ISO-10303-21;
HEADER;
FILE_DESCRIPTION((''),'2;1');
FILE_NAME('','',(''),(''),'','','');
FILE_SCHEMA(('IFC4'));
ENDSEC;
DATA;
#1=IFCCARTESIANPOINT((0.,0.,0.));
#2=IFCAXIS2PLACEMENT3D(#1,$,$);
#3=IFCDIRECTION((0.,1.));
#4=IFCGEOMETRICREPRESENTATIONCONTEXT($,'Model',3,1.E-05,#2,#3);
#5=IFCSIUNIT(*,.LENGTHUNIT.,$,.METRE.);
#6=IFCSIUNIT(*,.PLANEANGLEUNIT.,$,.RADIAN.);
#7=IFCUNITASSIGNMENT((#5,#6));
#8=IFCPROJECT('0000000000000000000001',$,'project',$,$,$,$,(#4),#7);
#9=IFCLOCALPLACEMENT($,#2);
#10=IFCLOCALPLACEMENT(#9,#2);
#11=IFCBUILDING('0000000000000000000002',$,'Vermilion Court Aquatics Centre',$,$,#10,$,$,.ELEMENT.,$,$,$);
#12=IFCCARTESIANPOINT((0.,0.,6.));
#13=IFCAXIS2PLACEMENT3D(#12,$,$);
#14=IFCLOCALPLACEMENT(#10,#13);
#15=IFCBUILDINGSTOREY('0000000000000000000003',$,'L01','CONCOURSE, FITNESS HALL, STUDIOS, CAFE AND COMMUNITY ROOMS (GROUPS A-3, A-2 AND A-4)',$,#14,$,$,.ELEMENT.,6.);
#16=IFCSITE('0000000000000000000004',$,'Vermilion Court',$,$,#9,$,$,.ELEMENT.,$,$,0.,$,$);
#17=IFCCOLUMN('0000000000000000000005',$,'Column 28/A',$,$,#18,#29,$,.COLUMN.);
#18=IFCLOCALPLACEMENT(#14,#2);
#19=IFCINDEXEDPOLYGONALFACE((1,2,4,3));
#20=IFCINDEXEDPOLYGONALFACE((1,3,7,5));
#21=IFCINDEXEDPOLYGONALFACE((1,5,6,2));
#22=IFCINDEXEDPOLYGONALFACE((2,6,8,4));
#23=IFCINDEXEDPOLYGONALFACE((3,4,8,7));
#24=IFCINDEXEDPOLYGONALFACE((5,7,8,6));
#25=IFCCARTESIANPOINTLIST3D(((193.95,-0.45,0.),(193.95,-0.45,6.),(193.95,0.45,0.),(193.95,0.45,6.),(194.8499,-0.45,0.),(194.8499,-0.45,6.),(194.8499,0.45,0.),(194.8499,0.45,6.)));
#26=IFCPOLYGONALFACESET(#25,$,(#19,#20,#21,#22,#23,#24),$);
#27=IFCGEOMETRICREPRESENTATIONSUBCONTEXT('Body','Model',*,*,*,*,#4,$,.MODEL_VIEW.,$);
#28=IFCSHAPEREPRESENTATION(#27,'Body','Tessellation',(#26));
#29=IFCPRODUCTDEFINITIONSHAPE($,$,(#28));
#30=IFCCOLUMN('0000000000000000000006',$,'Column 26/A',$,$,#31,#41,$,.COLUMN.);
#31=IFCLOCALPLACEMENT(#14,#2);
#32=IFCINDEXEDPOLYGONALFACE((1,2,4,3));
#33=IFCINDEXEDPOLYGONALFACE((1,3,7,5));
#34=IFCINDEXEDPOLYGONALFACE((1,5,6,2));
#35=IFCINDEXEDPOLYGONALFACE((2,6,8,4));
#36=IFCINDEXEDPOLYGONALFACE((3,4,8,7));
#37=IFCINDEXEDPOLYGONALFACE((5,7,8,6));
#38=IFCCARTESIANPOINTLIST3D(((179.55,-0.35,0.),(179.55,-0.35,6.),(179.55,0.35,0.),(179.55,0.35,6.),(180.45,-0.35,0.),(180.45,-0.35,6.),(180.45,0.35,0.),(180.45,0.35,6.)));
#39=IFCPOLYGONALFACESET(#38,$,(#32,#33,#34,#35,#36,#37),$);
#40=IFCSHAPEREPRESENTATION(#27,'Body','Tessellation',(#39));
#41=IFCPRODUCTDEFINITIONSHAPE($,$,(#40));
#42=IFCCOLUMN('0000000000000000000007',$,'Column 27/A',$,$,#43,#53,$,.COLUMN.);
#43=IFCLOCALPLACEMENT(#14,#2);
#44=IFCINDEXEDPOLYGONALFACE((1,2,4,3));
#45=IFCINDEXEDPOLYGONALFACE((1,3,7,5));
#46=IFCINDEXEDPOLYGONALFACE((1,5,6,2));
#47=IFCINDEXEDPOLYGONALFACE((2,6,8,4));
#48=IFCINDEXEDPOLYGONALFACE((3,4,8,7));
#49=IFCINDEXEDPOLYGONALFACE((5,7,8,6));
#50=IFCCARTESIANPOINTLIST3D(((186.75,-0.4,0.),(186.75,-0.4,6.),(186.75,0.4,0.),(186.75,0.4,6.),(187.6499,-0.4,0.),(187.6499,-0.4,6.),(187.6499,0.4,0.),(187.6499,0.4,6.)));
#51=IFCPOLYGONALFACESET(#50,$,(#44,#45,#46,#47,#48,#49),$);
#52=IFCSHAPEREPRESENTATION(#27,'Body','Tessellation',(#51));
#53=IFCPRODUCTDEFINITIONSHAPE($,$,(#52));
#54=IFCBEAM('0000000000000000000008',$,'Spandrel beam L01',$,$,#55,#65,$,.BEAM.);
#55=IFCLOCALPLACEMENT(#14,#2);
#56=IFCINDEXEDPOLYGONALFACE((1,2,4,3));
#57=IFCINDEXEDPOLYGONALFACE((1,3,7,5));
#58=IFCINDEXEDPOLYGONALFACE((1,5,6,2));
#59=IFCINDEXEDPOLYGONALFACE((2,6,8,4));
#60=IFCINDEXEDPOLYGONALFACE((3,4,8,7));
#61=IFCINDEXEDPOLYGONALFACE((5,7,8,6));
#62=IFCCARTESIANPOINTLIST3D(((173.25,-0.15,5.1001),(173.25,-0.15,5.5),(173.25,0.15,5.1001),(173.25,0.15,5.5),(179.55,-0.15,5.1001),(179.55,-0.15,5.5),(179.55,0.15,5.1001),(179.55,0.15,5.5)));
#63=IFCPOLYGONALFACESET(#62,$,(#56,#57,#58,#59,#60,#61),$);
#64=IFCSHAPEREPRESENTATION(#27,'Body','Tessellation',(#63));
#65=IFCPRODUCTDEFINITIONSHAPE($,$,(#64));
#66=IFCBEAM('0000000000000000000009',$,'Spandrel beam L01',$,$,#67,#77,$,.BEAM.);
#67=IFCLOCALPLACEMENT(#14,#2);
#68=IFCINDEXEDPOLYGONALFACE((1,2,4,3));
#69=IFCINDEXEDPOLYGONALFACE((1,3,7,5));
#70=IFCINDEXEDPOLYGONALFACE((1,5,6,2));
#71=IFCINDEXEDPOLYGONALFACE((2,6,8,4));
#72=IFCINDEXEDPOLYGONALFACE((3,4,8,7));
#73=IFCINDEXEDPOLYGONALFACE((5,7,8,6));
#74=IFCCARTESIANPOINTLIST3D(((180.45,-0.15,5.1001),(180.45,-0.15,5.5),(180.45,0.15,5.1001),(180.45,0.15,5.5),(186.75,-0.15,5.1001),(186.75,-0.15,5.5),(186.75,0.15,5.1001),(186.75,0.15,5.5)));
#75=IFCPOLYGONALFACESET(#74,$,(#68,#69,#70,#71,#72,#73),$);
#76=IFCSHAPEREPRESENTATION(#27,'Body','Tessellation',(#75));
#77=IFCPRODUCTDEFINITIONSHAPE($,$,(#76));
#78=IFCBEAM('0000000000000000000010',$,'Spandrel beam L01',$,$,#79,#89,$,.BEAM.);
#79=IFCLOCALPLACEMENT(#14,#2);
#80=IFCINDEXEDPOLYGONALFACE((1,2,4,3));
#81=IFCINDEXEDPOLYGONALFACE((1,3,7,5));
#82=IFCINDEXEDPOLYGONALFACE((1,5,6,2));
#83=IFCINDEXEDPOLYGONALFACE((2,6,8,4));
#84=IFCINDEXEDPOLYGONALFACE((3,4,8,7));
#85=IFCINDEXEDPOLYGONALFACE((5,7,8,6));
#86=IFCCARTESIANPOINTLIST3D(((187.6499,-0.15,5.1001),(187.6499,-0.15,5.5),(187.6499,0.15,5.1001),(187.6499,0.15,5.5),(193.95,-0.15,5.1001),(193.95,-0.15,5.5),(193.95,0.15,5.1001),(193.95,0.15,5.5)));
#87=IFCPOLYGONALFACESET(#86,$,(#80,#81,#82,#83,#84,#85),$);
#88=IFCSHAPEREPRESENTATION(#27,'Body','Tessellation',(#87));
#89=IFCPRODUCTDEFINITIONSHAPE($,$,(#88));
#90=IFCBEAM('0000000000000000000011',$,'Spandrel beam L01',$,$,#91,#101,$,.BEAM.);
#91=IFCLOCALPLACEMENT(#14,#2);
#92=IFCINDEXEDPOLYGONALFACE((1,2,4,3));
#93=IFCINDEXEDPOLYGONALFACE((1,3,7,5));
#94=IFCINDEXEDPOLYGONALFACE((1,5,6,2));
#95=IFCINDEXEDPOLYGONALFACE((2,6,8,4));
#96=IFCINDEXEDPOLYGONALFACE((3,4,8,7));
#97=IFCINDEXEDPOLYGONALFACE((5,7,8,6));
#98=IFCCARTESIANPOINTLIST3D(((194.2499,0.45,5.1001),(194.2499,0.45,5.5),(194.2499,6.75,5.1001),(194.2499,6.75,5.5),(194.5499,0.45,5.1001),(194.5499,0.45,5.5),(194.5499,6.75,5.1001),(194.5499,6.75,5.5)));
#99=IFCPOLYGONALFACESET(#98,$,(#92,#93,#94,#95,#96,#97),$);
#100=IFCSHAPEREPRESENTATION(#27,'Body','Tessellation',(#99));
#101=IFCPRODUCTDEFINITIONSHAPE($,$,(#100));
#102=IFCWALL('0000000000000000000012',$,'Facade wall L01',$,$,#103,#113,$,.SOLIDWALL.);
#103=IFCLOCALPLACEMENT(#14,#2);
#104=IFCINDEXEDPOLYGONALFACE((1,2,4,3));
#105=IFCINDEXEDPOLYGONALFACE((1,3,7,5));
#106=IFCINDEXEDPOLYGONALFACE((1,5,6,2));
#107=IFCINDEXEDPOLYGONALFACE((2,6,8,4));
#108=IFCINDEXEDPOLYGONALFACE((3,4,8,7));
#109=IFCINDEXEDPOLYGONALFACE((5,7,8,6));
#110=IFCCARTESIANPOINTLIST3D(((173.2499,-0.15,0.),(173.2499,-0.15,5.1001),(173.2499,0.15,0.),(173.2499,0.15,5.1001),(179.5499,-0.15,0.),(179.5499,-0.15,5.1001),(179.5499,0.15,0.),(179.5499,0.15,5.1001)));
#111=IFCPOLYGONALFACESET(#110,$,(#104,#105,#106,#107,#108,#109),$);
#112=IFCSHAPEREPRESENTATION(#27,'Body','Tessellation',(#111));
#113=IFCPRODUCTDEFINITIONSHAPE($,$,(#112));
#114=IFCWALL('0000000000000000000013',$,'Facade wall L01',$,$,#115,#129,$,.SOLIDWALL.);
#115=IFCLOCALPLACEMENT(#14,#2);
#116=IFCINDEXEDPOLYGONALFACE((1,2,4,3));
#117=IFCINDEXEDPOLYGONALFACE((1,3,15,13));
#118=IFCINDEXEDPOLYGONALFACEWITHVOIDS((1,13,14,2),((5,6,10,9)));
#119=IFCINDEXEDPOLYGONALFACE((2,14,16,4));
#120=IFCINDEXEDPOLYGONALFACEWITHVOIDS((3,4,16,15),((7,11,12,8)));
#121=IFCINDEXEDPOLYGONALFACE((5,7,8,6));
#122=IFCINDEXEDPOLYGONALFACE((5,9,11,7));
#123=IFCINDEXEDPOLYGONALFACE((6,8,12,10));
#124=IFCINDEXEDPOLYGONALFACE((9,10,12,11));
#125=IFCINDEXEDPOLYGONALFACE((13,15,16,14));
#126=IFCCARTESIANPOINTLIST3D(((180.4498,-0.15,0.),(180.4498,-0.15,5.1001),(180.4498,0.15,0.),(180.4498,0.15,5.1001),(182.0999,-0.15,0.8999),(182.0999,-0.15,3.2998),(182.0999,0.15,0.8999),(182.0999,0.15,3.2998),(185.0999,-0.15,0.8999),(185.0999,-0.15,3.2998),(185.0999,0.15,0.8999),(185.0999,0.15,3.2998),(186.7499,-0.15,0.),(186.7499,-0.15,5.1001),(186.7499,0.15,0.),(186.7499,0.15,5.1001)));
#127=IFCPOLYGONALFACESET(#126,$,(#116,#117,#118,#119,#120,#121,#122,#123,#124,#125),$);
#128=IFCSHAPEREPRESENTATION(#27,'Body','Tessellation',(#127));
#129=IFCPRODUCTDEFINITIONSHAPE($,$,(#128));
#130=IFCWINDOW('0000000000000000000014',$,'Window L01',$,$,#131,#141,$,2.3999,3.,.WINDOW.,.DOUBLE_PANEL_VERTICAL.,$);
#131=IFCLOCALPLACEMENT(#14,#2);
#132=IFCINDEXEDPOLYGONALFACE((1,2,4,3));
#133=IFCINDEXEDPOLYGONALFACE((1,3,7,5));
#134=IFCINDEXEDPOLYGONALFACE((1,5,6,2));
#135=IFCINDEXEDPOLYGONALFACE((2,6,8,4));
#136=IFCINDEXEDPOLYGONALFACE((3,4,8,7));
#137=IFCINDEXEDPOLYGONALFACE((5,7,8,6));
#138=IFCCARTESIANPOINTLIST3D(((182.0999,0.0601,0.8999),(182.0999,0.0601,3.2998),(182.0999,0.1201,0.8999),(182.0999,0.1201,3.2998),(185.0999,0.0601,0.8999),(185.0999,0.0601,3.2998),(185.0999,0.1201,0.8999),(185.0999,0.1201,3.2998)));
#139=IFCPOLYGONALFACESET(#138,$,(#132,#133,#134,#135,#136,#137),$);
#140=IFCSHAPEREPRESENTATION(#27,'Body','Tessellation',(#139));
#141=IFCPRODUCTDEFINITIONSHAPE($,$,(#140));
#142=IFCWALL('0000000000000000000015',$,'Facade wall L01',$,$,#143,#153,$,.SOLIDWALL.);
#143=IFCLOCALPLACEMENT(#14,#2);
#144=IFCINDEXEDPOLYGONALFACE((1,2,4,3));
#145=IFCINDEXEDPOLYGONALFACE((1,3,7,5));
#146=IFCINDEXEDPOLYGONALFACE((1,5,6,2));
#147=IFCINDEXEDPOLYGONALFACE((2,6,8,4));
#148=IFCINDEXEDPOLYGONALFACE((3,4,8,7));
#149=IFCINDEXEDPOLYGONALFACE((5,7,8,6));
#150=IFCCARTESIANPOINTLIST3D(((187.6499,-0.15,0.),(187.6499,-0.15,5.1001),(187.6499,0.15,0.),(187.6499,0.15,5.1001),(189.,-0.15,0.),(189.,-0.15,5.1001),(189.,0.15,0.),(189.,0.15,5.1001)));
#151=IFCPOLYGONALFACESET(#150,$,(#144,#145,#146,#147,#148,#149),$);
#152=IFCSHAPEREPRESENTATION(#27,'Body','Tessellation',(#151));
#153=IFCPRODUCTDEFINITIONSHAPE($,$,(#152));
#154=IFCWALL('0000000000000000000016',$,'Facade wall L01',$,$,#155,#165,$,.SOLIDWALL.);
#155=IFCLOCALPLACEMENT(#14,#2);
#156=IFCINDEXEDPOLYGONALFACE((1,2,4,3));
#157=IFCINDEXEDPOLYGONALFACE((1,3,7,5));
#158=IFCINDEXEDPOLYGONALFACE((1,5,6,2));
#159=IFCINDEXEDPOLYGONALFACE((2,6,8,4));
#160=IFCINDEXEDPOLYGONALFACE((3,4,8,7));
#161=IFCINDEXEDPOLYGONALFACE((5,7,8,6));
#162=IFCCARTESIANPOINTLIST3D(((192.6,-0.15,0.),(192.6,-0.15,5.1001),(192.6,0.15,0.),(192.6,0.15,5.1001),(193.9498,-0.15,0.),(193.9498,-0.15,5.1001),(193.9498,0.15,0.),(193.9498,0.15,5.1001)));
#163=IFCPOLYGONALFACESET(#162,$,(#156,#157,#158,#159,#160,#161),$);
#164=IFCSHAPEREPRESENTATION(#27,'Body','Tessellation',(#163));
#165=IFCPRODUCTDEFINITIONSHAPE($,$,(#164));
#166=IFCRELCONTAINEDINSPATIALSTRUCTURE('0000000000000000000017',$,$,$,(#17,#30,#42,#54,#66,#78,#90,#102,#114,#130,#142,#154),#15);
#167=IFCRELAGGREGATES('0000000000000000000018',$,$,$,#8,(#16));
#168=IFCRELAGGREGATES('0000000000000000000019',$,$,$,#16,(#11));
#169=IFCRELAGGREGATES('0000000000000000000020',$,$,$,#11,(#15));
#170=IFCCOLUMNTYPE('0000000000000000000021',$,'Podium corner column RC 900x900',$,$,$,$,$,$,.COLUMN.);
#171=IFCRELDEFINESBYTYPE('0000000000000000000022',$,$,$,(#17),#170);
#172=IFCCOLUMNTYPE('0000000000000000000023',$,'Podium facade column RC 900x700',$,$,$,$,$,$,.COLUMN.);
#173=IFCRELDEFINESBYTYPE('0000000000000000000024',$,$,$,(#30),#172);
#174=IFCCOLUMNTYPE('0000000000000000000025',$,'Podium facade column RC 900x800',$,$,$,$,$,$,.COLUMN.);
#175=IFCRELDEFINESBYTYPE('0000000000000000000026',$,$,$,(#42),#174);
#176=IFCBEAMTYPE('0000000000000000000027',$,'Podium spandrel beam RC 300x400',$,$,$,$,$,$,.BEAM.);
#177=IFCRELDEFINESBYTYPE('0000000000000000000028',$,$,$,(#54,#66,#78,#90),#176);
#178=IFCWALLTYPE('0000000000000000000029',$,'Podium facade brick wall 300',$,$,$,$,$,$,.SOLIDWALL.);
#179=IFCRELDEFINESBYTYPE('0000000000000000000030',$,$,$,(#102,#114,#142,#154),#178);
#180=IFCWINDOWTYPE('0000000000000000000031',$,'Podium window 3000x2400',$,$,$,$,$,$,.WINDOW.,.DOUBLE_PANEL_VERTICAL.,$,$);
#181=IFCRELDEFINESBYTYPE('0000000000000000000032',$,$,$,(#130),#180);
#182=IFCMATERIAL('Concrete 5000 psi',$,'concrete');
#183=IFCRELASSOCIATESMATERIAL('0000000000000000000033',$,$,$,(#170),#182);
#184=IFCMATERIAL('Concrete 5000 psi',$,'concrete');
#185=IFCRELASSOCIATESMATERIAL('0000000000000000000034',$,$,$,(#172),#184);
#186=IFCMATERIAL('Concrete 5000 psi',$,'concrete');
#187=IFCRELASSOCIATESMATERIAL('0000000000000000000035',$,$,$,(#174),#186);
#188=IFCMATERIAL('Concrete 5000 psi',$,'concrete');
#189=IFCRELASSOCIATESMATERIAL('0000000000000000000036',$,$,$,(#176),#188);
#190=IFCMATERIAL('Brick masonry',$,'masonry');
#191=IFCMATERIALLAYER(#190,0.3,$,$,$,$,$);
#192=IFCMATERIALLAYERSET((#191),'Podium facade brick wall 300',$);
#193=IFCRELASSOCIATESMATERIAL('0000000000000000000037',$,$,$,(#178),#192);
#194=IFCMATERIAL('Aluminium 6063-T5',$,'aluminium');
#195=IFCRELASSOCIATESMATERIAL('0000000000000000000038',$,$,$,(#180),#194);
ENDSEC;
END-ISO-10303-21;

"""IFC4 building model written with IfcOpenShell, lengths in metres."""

from ifc_helpers import new_model, si_unit, direction, frame, frame_2d, origin, origin_2d, place, context, subcontext, project, spatial, rectangle, extrude, material, layer, layer_set, material_profile, profile_set, type_object, element, fill, save


model = new_model("IFC4")

# Units and contexts
model_context = context("Model", 3, precision=1e-05, world=origin(), true_north=direction((0.0, 1.0)))
body_context = subcontext(model_context, "Body", "Model", "MODEL_VIEW")
ifc_project = project(units=[si_unit("LENGTHUNIT", "METRE"), si_unit("PLANEANGLEUNIT", "RADIAN")], contexts=[model_context])

# Site, building, storey
site_placement = place(None, origin())
site = spatial("IfcSite", under=ifc_project, at=site_placement, Name="Vermilion Court", CompositionType="ELEMENT", RefElevation=0.0)
building_placement = place(site_placement, origin())
building = spatial("IfcBuilding", under=site, at=building_placement, Name="Vermilion Court Aquatics Centre", CompositionType="ELEMENT")
storey_placement = place(building_placement, frame((0.0, 0.0, 6.0)))
storey = spatial("IfcBuildingStorey", under=building, at=storey_placement, Name="L01", Description="CONCOURSE, FITNESS HALL, STUDIOS, CAFE AND COMMUNITY ROOMS (GROUPS A-3, A-2 AND A-4)", CompositionType="ELEMENT", Elevation=6.0)

# Columns
ifc_material_1 = material(Name="Concrete 5000 psi", Category="concrete")
ifc_material_profile_1 = material_profile(ifc_material_1, rectangle(XDim=0.8999, YDim=0.8999, at=origin_2d()), Name="RC 900x900")
ifc_profile_set_1 = profile_set([ifc_material_profile_1], Name="Concrete 5000 psi")
column_type_1 = type_object("IfcColumnType", Name="Podium corner column RC 900x900", PredefinedType="COLUMN", material=ifc_profile_set_1)
column_1_placement = place(storey_placement, frame((194.3999, 0.0, 0.0), z_axis=(0.0, 0.0, 1.0), x_axis=(1.0, 0.0, 0.0)))
element("IfcColumn", 1, at=column_1_placement, inside=storey, type_object=column_type_1, Name="Column 28/A", PredefinedType="COLUMN", context=body_context, shape_type="SweptSolid", body=[
    extrude(rectangle(XDim=0.8999, YDim=0.8999, at=origin_2d()), origin(), (0.0, 0.0, 1.0), 6.0),
])
ifc_material_2 = material(Name="Concrete 5000 psi", Category="concrete")
ifc_material_profile_2 = material_profile(ifc_material_2, rectangle(XDim=0.8999, YDim=0.7, at=origin_2d()), Name="RC 900x700")
ifc_profile_set_2 = profile_set([ifc_material_profile_2], Name="Concrete 5000 psi")
column_type_2 = type_object("IfcColumnType", Name="Podium facade column RC 900x700", PredefinedType="COLUMN", material=ifc_profile_set_2)
column_2_placement = place(storey_placement, frame((180.0, 0.0, 0.0), z_axis=(0.0, 0.0, 1.0), x_axis=(1.0, 0.0, 0.0)))
element("IfcColumn", 2, at=column_2_placement, inside=storey, type_object=column_type_2, Name="Column 26/A", PredefinedType="COLUMN", context=body_context, shape_type="SweptSolid", body=[
    extrude(rectangle(XDim=0.8999, YDim=0.7, at=origin_2d()), origin(), (0.0, 0.0, 1.0), 6.0),
])
ifc_material_3 = material(Name="Concrete 5000 psi", Category="concrete")
ifc_material_profile_3 = material_profile(ifc_material_3, rectangle(XDim=0.8999, YDim=0.8, at=origin_2d()), Name="RC 900x800")
ifc_profile_set_3 = profile_set([ifc_material_profile_3], Name="Concrete 5000 psi")
column_type_3 = type_object("IfcColumnType", Name="Podium facade column RC 900x800", PredefinedType="COLUMN", material=ifc_profile_set_3)
column_3_placement = place(storey_placement, frame((187.2, 0.0, 0.0), z_axis=(0.0, 0.0, 1.0), x_axis=(1.0, 0.0, 0.0)))
element("IfcColumn", 3, at=column_3_placement, inside=storey, type_object=column_type_3, Name="Column 27/A", PredefinedType="COLUMN", context=body_context, shape_type="SweptSolid", body=[
    extrude(rectangle(XDim=0.8999, YDim=0.8, at=origin_2d()), origin(), (0.0, 0.0, 1.0), 6.0),
])

# Beams
ifc_material_4 = material(Name="Concrete 5000 psi", Category="concrete")
ifc_material_profile_4 = material_profile(ifc_material_4, rectangle(XDim=0.3, YDim=0.3999, at=origin_2d()), Name="RC 300x400")
ifc_profile_set_4 = profile_set([ifc_material_profile_4], Name="Concrete 5000 psi")
beam_type = type_object("IfcBeamType", Name="Podium spandrel beam RC 300x400", PredefinedType="BEAM", material=ifc_profile_set_4)
for number, where, z_axis, x_axis, name in (
    (4, (173.25, 0.0, 5.3), (1.0, 0.0, 0.0), (0.0, 1.0, 0.0), "Spandrel beam L01"),
    (5, (180.45, 0.0, 5.3), (1.0, 0.0, 0.0), (0.0, 1.0, 0.0), "Spandrel beam L01"),
    (6, (187.6499, 0.0, 5.3), (1.0, 0.0, 0.0), (0.0, 1.0, 0.0), "Spandrel beam L01"),
    (7, (194.3999, 0.45, 5.3), (0.0, 1.0, 0.0), (-1.0, 0.0, 0.0), "Spandrel beam L01"),
):
    element("IfcBeam", number, at=place(storey_placement, frame(where, z_axis=z_axis, x_axis=x_axis)), inside=storey, type_object=beam_type, Name=name, PredefinedType="BEAM", context=body_context, shape_type="SweptSolid", body=[
        extrude(rectangle(XDim=0.3, YDim=0.3999, at=origin_2d()), origin(), (0.0, 0.0, 1.0), 6.3),
    ])

# Wall
ifc_material_5 = material(Name="Brick masonry", Category="masonry")
ifc_layer_1 = layer(ifc_material_5, 0.3)
ifc_layer_set_1 = layer_set([ifc_layer_1], Name="Podium facade brick wall 300")
wall_type_1 = type_object("IfcWallType", Name="Podium facade brick wall 300", PredefinedType="SOLIDWALL", material=ifc_layer_set_1)
wall_1_placement = place(storey_placement, frame((173.25, 0.0, 0.0), z_axis=(0.0, 0.0, 1.0), x_axis=(1.0, 0.0, 0.0)))
element("IfcWall", 8, at=wall_1_placement, inside=storey, type_object=wall_type_1, Name="Facade wall L01", PredefinedType="SOLIDWALL", context=body_context, shape_type="SweptSolid", body=[
    extrude(rectangle(XDim=6.3, YDim=0.3, at=frame_2d((3.1499, 0.0))), origin(), (0.0, 0.0, 1.0), 5.1001),
])

# Wall, opening, window
wall_2_placement = place(storey_placement, frame((180.45, 0.0, 0.0), z_axis=(0.0, 0.0, 1.0), x_axis=(1.0, 0.0, 0.0)))
wall_2 = element("IfcWall", 9, at=wall_2_placement, inside=storey, type_object=wall_type_1, Name="Facade wall L01", PredefinedType="SOLIDWALL", context=body_context, shape_type="SweptSolid", body=[
    extrude(rectangle(XDim=6.3, YDim=0.3, at=frame_2d((3.1499, 0.0))), origin(), (0.0, 0.0, 1.0), 5.1001),
])
opening_1_placement = place(wall_2_placement, frame((1.6499, 0.0, 0.8999)))
opening_1 = element("IfcOpeningElement", 10, at=opening_1_placement, cuts=wall_2, PredefinedType="OPENING", context=body_context, shape_type="SweptSolid", body=[
    extrude(rectangle(XDim=3.0, YDim=2.3999, at=frame_2d((1.5, 1.2))), frame((0.0, 0.1599, 0.0), z_axis=(0.0, -1.0, 0.0), x_axis=(1.0, 0.0, 0.0)), (0.0, 0.0, 1.0), 0.3201),
])
ifc_material_6 = material(Name="Aluminium 6063-T5", Category="aluminium")
window_type_1 = type_object("IfcWindowType", Name="Podium window 3000x2400", PartitioningType="DOUBLE_PANEL_VERTICAL", PredefinedType="WINDOW", material=ifc_material_6)
window_1_placement = place(opening_1_placement, origin())
window_1 = element("IfcWindow", 11, at=window_1_placement, inside=storey, type_object=window_type_1, Name="Window L01", OverallHeight=2.3999, OverallWidth=3.0, PartitioningType="DOUBLE_PANEL_VERTICAL", PredefinedType="WINDOW", context=body_context, shape_type="SweptSolid", body=[
    extrude(rectangle(XDim=3.0, YDim=2.3999, at=frame_2d((1.5, 1.2))), frame((0.0, 0.1201, 0.0), z_axis=(0.0, -1.0, 0.0), x_axis=(1.0, 0.0, 0.0)), (0.0, 0.0, 1.0), 0.0601),
])
fill(opening_1, window_1)

# Walls
wall_3_placement = place(storey_placement, frame((187.6499, 0.0, 0.0), z_axis=(0.0, 0.0, 1.0), x_axis=(1.0, 0.0, 0.0)))
element("IfcWall", 12, at=wall_3_placement, inside=storey, type_object=wall_type_1, Name="Facade wall L01", PredefinedType="SOLIDWALL", context=body_context, shape_type="SweptSolid", body=[
    extrude(rectangle(XDim=1.3501, YDim=0.3, at=frame_2d((0.675, 0.0))), origin(), (0.0, 0.0, 1.0), 5.1001),
])
wall_4_placement = place(storey_placement, frame((192.6001, 0.0, 0.0), z_axis=(0.0, 0.0, 1.0), x_axis=(1.0, 0.0, 0.0)))
element("IfcWall", 13, at=wall_4_placement, inside=storey, type_object=wall_type_1, Name="Facade wall L01", PredefinedType="SOLIDWALL", context=body_context, shape_type="SweptSolid", body=[
    extrude(rectangle(XDim=1.3499, YDim=0.3, at=frame_2d((0.6748, 0.0))), origin(), (0.0, 0.0, 1.0), 5.1001),
])

save(model, "model.ifc")
